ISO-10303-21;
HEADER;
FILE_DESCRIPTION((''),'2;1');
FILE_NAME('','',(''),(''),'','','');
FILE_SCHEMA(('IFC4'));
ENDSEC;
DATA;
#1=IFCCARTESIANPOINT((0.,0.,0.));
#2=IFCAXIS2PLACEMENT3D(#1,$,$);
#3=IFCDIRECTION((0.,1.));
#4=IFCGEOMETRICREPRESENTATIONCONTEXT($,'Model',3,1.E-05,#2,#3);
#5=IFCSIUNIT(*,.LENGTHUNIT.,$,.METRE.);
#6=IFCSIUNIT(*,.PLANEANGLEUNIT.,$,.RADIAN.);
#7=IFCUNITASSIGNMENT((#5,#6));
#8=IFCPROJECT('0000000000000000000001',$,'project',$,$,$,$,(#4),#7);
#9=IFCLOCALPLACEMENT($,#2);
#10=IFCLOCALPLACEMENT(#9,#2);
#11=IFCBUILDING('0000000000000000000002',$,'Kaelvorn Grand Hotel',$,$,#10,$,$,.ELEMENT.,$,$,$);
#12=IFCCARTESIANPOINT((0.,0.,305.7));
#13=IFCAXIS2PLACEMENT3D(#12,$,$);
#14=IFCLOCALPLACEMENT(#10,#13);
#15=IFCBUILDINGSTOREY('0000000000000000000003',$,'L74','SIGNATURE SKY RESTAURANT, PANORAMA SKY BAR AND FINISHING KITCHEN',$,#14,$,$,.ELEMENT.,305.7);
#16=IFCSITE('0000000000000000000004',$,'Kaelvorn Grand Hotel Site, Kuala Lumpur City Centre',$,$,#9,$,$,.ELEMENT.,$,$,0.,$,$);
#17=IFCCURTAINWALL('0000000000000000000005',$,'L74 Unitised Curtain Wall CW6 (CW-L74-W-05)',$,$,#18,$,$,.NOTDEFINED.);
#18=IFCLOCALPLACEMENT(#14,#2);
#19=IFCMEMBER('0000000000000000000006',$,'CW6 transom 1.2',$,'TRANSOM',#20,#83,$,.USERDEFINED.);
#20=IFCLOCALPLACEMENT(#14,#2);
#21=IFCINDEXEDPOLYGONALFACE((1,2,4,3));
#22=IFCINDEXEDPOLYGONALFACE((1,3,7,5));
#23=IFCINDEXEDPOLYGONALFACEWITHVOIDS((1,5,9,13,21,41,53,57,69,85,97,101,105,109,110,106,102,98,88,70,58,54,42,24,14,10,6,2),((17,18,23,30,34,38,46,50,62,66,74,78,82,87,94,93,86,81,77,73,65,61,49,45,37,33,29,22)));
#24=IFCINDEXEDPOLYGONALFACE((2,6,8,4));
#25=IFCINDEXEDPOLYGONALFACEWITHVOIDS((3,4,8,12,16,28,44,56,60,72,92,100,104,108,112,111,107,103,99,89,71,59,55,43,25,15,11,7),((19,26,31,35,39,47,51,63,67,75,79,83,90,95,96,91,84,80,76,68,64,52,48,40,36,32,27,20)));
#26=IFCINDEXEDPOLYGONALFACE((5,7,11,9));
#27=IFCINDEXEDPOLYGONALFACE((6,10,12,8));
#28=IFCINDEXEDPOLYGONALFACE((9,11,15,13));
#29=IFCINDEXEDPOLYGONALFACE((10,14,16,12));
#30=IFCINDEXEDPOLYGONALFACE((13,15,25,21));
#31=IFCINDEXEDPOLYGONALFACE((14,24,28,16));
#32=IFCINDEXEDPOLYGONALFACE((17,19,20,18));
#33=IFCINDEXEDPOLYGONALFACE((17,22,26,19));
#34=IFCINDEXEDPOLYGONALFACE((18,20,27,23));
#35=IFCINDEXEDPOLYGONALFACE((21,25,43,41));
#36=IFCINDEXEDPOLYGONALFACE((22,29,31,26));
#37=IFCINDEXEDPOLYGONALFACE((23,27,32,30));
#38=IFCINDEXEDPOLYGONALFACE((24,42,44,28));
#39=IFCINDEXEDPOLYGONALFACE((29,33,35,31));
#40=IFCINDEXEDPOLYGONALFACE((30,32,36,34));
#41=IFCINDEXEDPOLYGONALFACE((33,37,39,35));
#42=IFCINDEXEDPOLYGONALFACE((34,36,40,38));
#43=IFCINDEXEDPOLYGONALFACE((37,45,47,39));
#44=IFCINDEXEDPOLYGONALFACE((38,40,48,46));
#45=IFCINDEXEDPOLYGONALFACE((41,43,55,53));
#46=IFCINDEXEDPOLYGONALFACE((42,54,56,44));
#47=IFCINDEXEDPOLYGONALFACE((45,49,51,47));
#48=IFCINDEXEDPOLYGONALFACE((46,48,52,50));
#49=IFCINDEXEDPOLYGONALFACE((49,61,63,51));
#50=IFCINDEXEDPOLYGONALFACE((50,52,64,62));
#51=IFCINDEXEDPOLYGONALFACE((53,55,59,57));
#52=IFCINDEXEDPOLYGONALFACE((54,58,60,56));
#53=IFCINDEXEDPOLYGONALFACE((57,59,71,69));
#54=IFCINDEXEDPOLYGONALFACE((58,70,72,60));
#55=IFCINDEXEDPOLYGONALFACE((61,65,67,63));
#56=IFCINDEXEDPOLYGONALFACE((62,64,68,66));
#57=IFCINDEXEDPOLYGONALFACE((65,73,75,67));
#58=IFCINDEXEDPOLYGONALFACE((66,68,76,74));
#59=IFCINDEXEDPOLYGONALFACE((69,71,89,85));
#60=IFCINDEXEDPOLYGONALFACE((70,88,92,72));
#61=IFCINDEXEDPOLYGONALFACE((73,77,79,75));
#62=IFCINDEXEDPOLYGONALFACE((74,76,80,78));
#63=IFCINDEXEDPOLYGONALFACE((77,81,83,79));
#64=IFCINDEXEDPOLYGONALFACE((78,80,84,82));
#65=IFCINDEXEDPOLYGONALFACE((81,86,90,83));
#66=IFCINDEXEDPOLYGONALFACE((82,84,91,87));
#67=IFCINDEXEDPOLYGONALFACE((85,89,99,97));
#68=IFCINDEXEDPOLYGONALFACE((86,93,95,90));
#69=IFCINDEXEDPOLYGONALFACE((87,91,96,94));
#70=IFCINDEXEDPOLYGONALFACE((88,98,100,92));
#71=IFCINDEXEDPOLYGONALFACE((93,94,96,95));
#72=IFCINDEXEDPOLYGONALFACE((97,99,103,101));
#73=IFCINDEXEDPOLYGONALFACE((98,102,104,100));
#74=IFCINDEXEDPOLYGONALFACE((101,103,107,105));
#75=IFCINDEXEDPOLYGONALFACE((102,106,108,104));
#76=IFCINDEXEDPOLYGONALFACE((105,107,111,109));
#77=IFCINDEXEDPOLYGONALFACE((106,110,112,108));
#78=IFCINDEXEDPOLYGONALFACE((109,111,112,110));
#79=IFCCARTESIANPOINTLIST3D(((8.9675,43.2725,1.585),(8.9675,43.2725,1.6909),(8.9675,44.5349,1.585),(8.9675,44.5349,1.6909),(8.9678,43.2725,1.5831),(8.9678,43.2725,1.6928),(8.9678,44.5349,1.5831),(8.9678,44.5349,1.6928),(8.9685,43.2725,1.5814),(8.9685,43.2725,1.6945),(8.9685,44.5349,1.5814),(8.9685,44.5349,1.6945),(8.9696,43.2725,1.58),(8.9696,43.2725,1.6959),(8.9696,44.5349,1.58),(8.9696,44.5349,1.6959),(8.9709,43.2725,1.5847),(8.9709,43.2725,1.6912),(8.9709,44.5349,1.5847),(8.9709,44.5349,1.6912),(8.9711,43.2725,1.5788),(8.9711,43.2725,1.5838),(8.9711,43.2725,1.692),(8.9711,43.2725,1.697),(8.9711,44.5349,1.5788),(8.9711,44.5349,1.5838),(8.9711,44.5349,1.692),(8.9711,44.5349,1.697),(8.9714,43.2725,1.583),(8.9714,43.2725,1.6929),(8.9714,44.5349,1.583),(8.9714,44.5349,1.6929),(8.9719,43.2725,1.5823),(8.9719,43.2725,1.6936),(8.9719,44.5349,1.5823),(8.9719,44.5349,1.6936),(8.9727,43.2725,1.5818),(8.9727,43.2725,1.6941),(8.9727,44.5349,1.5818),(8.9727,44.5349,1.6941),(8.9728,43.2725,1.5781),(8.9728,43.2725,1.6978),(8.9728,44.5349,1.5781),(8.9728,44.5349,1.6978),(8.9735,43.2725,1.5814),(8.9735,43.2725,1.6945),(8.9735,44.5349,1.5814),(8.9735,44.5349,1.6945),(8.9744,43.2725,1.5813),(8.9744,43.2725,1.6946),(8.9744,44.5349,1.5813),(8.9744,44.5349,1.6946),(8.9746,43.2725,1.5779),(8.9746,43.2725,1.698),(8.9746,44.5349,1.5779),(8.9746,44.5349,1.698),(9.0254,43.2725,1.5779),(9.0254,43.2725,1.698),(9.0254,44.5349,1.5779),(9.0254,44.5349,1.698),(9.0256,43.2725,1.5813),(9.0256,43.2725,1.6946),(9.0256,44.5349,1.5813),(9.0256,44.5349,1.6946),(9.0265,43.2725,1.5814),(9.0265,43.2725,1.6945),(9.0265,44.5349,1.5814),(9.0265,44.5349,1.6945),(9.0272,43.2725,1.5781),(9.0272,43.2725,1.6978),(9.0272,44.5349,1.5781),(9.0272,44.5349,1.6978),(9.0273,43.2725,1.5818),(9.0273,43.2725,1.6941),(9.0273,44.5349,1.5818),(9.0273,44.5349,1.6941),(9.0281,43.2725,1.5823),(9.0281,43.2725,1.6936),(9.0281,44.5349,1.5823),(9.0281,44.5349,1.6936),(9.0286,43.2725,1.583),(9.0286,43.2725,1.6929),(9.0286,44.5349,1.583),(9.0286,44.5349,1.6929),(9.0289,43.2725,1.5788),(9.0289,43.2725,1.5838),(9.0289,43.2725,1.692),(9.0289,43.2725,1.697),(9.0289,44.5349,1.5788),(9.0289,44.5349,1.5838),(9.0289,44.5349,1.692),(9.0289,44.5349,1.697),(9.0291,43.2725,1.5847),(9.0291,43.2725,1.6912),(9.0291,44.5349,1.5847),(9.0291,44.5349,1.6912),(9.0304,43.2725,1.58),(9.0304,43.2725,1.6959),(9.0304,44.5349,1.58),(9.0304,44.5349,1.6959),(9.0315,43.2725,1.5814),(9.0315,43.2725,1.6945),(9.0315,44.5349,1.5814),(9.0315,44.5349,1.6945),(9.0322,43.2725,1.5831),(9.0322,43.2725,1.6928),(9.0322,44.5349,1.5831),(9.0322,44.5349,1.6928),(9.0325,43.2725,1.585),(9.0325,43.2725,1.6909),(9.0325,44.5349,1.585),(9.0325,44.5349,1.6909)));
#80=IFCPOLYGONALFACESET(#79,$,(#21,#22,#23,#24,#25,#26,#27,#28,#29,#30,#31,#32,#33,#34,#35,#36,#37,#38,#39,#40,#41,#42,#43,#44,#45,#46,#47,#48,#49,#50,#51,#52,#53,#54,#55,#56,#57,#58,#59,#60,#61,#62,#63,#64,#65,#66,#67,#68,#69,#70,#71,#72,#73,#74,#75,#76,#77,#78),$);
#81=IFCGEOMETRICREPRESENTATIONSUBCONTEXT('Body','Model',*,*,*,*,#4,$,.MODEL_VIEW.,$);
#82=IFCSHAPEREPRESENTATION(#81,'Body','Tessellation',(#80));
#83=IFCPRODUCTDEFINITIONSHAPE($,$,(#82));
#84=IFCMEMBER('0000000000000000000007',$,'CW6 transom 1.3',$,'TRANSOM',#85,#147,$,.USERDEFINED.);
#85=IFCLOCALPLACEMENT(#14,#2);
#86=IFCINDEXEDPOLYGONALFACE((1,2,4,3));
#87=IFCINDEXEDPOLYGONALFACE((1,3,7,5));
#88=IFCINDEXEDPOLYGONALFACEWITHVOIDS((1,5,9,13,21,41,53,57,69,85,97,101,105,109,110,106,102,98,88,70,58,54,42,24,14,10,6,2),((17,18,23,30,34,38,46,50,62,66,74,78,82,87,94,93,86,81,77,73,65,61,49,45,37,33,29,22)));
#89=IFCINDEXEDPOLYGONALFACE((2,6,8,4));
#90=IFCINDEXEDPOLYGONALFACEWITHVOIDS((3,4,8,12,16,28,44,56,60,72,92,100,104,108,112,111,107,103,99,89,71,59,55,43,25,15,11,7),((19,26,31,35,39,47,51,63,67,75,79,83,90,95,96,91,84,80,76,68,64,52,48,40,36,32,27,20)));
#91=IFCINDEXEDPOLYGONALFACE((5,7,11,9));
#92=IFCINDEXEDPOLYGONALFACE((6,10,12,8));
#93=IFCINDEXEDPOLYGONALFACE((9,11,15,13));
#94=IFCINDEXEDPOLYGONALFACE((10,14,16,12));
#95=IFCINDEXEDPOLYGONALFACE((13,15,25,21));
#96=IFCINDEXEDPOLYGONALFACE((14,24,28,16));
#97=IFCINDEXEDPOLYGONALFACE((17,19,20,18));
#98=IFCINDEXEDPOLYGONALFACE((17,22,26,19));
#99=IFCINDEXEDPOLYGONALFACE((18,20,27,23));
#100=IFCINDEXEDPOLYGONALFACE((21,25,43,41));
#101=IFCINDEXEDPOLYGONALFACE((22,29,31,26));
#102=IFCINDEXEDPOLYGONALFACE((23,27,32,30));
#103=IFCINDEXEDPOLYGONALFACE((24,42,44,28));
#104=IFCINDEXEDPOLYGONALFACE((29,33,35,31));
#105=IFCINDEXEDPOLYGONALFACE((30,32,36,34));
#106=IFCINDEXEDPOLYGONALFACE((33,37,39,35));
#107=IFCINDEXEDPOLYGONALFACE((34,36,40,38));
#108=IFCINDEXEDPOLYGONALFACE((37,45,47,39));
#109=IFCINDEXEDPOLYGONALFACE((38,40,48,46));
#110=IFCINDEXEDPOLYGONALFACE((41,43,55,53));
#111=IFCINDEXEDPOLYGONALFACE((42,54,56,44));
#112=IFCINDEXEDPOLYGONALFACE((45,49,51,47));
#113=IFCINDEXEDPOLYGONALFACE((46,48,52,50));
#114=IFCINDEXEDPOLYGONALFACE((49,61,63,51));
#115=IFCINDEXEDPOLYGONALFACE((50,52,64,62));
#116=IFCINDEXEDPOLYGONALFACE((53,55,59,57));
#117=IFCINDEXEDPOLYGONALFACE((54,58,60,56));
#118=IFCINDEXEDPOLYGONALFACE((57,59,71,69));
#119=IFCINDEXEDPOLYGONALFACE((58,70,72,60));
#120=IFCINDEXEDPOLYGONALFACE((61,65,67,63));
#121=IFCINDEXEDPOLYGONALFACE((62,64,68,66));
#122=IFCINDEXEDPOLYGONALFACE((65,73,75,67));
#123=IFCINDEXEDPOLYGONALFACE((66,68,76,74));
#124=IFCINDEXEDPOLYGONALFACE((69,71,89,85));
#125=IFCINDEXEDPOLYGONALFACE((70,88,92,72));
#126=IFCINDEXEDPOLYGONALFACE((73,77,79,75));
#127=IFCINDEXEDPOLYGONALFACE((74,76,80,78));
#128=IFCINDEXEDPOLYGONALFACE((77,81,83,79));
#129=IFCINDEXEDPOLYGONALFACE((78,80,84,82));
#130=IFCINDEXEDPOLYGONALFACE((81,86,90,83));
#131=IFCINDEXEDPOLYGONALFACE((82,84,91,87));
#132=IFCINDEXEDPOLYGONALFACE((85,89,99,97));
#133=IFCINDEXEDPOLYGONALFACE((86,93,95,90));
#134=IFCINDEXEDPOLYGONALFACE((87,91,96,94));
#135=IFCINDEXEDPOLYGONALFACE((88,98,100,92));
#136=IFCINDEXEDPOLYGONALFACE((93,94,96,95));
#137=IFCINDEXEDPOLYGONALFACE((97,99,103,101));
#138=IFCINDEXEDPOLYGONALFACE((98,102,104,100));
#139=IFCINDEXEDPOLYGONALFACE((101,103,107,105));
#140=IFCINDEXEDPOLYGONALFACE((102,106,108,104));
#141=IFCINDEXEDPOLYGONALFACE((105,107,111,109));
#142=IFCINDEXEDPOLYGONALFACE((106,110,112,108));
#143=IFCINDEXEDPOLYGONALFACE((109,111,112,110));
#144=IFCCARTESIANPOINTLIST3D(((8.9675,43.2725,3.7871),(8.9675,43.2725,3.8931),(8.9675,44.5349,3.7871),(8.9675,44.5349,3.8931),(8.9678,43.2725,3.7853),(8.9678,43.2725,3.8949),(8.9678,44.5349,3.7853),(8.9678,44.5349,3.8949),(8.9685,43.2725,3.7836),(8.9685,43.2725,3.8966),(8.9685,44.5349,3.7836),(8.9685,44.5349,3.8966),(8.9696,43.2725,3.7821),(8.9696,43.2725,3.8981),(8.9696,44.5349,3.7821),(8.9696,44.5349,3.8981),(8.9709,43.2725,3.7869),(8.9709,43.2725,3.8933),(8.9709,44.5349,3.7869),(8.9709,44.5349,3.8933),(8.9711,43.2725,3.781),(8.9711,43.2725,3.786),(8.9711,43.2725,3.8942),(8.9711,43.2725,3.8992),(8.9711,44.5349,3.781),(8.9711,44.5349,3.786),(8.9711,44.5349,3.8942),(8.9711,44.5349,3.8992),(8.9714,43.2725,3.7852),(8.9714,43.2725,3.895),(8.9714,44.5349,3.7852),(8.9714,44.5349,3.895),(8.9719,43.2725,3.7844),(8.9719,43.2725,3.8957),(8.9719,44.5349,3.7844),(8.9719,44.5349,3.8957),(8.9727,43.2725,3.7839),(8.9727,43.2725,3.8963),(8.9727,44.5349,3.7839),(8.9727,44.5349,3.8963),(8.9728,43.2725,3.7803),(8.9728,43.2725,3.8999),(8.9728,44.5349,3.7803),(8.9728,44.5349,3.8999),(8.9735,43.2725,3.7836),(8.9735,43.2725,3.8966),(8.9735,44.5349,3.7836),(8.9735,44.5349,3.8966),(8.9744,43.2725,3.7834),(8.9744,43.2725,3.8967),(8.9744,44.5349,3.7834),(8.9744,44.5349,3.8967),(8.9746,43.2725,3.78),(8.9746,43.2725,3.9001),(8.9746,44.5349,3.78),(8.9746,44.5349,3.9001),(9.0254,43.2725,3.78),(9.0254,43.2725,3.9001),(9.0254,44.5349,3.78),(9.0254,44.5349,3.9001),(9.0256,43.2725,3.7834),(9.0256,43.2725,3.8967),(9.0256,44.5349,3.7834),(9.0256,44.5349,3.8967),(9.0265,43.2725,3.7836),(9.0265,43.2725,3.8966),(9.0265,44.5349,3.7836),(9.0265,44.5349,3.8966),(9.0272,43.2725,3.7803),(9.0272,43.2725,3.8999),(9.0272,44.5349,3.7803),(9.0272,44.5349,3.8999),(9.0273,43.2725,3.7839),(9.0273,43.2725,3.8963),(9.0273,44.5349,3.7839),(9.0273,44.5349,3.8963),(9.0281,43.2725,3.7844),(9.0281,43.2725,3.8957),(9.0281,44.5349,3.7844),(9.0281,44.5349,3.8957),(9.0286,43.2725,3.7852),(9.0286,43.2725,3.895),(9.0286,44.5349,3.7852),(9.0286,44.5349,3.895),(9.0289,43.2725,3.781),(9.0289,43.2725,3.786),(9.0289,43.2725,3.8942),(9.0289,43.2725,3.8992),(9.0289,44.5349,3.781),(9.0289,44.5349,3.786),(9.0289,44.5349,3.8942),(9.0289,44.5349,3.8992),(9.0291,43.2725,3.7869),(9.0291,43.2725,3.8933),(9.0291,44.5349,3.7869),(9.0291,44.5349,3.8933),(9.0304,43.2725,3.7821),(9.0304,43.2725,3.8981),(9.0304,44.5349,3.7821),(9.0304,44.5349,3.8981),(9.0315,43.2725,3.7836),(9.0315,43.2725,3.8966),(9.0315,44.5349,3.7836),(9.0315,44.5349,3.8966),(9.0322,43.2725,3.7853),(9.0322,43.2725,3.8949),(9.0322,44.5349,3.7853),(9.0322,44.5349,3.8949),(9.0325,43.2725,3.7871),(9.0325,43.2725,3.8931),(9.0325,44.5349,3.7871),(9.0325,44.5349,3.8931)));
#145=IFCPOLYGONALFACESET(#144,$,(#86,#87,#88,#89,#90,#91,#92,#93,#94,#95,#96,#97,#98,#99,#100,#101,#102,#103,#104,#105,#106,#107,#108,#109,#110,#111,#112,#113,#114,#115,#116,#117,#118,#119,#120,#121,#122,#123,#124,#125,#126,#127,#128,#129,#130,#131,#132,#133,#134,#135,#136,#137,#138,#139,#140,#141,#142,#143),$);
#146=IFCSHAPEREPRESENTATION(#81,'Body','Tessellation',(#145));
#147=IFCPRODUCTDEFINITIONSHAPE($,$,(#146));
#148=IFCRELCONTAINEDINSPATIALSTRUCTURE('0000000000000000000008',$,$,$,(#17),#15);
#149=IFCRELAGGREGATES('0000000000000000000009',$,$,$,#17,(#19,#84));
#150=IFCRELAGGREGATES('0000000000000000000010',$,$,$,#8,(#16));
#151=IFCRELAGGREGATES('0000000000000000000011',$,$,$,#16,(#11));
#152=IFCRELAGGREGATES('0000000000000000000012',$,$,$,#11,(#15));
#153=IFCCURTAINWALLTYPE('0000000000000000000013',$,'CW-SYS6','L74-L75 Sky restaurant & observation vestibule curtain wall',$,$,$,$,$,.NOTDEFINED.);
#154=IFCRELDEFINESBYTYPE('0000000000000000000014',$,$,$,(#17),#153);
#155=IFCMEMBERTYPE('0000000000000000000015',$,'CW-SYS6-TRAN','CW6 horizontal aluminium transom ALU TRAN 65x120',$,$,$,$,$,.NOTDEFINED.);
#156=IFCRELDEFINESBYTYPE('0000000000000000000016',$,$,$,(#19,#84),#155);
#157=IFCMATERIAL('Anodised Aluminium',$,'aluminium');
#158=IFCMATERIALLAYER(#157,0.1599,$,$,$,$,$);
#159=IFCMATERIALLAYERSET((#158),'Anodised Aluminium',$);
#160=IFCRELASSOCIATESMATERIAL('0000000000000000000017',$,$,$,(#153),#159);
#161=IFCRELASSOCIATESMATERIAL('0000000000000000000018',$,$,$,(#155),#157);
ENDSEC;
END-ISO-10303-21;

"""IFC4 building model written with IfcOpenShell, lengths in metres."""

from ifc_helpers import new_model, si_unit, direction, frame, origin, origin_2d, place, context, subcontext, project, spatial, hollow_rectangle, extrude, material, layer, layer_set, material_profile, profile_set, type_object, element, aggregate, save


model = new_model("IFC4")

# Units and contexts
model_context = context("Model", 3, precision=1e-05, world=origin(), true_north=direction((0.0, 1.0)))
body_context = subcontext(model_context, "Body", "Model", "MODEL_VIEW")
ifc_project = project(units=[si_unit("LENGTHUNIT", "METRE"), si_unit("PLANEANGLEUNIT", "RADIAN")], contexts=[model_context])

# Site, building, storey
site_placement = place(None, origin())
site = spatial("IfcSite", under=ifc_project, at=site_placement, Name="Kaelvorn Grand Hotel Site, Kuala Lumpur City Centre", CompositionType="ELEMENT", RefElevation=0.0)
building_placement = place(site_placement, origin())
building = spatial("IfcBuilding", under=site, at=building_placement, Name="Kaelvorn Grand Hotel", CompositionType="ELEMENT")
storey_placement = place(building_placement, frame((0.0, 0.0, 305.7)))
storey = spatial("IfcBuildingStorey", under=building, at=storey_placement, Name="L74", Description="SIGNATURE SKY RESTAURANT, PANORAMA SKY BAR AND FINISHING KITCHEN", CompositionType="ELEMENT", Elevation=305.7)

# Curtain wall, members
ifc_material_1 = material(Name="Anodised Aluminium", Category="aluminium")
ifc_layer_1 = layer(ifc_material_1, 0.1599)
ifc_layer_set_1 = layer_set([ifc_layer_1], Name="Anodised Aluminium")
curtain_wall_type = type_object("IfcCurtainWallType", Name="CW-SYS6", Description="L74-L75 Sky restaurant & observation vestibule curtain wall", PredefinedType="NOTDEFINED", material=ifc_layer_set_1)
curtain_wall_placement = place(storey_placement, origin())
curtain_wall = element("IfcCurtainWall", 1, at=curtain_wall_placement, inside=storey, type_object=curtain_wall_type, Name="L74 Unitised Curtain Wall CW6 (CW-L74-W-05)", PredefinedType="NOTDEFINED")
ifc_material_profile_1 = material_profile(ifc_material_1, hollow_rectangle(XDim=0.0649, YDim=0.1201, WallThickness=0.0034, InnerFilletRadius=0.0034, OuterFilletRadius=0.0071, at=origin_2d()), Name="ALU TRAN 65x120")
ifc_profile_set_1 = profile_set([ifc_material_profile_1], Name="Anodised Aluminium")
member_type_1 = type_object("IfcMemberType", Name="CW-SYS6-TRAN", Description="CW6 horizontal aluminium transom ALU TRAN 65x120", PredefinedType="NOTDEFINED", material=ifc_profile_set_1)
member_1_placement = place(storey_placement, frame((9.0, 44.5349, 1.6379), z_axis=(0.0, -1.0, 0.0), x_axis=(1.0, 0.0, 0.0)))
member_1 = element("IfcMember", 2, at=member_1_placement, type_object=member_type_1, Name="CW6 transom 1.2", ObjectType="TRANSOM", PredefinedType="USERDEFINED", context=body_context, shape_type="SweptSolid", body=[
    extrude(hollow_rectangle(XDim=0.0649, YDim=0.1201, WallThickness=0.0034, InnerFilletRadius=0.0034, OuterFilletRadius=0.0071, at=origin_2d()), origin(), (0.0, 0.0, 1.0), 1.2625),
])
member_2_placement = place(storey_placement, frame((9.0, 44.5349, 3.8401), z_axis=(0.0, -1.0, 0.0), x_axis=(1.0, 0.0, 0.0)))
member_2 = element("IfcMember", 3, at=member_2_placement, type_object=member_type_1, Name="CW6 transom 1.3", ObjectType="TRANSOM", PredefinedType="USERDEFINED", context=body_context, shape_type="SweptSolid", body=[
    extrude(hollow_rectangle(XDim=0.0649, YDim=0.1201, WallThickness=0.0034, InnerFilletRadius=0.0034, OuterFilletRadius=0.0071, at=origin_2d()), origin(), (0.0, 0.0, 1.0), 1.2625),
])
aggregate(curtain_wall, [member_1, member_2])

save(model, "model.ifc")
